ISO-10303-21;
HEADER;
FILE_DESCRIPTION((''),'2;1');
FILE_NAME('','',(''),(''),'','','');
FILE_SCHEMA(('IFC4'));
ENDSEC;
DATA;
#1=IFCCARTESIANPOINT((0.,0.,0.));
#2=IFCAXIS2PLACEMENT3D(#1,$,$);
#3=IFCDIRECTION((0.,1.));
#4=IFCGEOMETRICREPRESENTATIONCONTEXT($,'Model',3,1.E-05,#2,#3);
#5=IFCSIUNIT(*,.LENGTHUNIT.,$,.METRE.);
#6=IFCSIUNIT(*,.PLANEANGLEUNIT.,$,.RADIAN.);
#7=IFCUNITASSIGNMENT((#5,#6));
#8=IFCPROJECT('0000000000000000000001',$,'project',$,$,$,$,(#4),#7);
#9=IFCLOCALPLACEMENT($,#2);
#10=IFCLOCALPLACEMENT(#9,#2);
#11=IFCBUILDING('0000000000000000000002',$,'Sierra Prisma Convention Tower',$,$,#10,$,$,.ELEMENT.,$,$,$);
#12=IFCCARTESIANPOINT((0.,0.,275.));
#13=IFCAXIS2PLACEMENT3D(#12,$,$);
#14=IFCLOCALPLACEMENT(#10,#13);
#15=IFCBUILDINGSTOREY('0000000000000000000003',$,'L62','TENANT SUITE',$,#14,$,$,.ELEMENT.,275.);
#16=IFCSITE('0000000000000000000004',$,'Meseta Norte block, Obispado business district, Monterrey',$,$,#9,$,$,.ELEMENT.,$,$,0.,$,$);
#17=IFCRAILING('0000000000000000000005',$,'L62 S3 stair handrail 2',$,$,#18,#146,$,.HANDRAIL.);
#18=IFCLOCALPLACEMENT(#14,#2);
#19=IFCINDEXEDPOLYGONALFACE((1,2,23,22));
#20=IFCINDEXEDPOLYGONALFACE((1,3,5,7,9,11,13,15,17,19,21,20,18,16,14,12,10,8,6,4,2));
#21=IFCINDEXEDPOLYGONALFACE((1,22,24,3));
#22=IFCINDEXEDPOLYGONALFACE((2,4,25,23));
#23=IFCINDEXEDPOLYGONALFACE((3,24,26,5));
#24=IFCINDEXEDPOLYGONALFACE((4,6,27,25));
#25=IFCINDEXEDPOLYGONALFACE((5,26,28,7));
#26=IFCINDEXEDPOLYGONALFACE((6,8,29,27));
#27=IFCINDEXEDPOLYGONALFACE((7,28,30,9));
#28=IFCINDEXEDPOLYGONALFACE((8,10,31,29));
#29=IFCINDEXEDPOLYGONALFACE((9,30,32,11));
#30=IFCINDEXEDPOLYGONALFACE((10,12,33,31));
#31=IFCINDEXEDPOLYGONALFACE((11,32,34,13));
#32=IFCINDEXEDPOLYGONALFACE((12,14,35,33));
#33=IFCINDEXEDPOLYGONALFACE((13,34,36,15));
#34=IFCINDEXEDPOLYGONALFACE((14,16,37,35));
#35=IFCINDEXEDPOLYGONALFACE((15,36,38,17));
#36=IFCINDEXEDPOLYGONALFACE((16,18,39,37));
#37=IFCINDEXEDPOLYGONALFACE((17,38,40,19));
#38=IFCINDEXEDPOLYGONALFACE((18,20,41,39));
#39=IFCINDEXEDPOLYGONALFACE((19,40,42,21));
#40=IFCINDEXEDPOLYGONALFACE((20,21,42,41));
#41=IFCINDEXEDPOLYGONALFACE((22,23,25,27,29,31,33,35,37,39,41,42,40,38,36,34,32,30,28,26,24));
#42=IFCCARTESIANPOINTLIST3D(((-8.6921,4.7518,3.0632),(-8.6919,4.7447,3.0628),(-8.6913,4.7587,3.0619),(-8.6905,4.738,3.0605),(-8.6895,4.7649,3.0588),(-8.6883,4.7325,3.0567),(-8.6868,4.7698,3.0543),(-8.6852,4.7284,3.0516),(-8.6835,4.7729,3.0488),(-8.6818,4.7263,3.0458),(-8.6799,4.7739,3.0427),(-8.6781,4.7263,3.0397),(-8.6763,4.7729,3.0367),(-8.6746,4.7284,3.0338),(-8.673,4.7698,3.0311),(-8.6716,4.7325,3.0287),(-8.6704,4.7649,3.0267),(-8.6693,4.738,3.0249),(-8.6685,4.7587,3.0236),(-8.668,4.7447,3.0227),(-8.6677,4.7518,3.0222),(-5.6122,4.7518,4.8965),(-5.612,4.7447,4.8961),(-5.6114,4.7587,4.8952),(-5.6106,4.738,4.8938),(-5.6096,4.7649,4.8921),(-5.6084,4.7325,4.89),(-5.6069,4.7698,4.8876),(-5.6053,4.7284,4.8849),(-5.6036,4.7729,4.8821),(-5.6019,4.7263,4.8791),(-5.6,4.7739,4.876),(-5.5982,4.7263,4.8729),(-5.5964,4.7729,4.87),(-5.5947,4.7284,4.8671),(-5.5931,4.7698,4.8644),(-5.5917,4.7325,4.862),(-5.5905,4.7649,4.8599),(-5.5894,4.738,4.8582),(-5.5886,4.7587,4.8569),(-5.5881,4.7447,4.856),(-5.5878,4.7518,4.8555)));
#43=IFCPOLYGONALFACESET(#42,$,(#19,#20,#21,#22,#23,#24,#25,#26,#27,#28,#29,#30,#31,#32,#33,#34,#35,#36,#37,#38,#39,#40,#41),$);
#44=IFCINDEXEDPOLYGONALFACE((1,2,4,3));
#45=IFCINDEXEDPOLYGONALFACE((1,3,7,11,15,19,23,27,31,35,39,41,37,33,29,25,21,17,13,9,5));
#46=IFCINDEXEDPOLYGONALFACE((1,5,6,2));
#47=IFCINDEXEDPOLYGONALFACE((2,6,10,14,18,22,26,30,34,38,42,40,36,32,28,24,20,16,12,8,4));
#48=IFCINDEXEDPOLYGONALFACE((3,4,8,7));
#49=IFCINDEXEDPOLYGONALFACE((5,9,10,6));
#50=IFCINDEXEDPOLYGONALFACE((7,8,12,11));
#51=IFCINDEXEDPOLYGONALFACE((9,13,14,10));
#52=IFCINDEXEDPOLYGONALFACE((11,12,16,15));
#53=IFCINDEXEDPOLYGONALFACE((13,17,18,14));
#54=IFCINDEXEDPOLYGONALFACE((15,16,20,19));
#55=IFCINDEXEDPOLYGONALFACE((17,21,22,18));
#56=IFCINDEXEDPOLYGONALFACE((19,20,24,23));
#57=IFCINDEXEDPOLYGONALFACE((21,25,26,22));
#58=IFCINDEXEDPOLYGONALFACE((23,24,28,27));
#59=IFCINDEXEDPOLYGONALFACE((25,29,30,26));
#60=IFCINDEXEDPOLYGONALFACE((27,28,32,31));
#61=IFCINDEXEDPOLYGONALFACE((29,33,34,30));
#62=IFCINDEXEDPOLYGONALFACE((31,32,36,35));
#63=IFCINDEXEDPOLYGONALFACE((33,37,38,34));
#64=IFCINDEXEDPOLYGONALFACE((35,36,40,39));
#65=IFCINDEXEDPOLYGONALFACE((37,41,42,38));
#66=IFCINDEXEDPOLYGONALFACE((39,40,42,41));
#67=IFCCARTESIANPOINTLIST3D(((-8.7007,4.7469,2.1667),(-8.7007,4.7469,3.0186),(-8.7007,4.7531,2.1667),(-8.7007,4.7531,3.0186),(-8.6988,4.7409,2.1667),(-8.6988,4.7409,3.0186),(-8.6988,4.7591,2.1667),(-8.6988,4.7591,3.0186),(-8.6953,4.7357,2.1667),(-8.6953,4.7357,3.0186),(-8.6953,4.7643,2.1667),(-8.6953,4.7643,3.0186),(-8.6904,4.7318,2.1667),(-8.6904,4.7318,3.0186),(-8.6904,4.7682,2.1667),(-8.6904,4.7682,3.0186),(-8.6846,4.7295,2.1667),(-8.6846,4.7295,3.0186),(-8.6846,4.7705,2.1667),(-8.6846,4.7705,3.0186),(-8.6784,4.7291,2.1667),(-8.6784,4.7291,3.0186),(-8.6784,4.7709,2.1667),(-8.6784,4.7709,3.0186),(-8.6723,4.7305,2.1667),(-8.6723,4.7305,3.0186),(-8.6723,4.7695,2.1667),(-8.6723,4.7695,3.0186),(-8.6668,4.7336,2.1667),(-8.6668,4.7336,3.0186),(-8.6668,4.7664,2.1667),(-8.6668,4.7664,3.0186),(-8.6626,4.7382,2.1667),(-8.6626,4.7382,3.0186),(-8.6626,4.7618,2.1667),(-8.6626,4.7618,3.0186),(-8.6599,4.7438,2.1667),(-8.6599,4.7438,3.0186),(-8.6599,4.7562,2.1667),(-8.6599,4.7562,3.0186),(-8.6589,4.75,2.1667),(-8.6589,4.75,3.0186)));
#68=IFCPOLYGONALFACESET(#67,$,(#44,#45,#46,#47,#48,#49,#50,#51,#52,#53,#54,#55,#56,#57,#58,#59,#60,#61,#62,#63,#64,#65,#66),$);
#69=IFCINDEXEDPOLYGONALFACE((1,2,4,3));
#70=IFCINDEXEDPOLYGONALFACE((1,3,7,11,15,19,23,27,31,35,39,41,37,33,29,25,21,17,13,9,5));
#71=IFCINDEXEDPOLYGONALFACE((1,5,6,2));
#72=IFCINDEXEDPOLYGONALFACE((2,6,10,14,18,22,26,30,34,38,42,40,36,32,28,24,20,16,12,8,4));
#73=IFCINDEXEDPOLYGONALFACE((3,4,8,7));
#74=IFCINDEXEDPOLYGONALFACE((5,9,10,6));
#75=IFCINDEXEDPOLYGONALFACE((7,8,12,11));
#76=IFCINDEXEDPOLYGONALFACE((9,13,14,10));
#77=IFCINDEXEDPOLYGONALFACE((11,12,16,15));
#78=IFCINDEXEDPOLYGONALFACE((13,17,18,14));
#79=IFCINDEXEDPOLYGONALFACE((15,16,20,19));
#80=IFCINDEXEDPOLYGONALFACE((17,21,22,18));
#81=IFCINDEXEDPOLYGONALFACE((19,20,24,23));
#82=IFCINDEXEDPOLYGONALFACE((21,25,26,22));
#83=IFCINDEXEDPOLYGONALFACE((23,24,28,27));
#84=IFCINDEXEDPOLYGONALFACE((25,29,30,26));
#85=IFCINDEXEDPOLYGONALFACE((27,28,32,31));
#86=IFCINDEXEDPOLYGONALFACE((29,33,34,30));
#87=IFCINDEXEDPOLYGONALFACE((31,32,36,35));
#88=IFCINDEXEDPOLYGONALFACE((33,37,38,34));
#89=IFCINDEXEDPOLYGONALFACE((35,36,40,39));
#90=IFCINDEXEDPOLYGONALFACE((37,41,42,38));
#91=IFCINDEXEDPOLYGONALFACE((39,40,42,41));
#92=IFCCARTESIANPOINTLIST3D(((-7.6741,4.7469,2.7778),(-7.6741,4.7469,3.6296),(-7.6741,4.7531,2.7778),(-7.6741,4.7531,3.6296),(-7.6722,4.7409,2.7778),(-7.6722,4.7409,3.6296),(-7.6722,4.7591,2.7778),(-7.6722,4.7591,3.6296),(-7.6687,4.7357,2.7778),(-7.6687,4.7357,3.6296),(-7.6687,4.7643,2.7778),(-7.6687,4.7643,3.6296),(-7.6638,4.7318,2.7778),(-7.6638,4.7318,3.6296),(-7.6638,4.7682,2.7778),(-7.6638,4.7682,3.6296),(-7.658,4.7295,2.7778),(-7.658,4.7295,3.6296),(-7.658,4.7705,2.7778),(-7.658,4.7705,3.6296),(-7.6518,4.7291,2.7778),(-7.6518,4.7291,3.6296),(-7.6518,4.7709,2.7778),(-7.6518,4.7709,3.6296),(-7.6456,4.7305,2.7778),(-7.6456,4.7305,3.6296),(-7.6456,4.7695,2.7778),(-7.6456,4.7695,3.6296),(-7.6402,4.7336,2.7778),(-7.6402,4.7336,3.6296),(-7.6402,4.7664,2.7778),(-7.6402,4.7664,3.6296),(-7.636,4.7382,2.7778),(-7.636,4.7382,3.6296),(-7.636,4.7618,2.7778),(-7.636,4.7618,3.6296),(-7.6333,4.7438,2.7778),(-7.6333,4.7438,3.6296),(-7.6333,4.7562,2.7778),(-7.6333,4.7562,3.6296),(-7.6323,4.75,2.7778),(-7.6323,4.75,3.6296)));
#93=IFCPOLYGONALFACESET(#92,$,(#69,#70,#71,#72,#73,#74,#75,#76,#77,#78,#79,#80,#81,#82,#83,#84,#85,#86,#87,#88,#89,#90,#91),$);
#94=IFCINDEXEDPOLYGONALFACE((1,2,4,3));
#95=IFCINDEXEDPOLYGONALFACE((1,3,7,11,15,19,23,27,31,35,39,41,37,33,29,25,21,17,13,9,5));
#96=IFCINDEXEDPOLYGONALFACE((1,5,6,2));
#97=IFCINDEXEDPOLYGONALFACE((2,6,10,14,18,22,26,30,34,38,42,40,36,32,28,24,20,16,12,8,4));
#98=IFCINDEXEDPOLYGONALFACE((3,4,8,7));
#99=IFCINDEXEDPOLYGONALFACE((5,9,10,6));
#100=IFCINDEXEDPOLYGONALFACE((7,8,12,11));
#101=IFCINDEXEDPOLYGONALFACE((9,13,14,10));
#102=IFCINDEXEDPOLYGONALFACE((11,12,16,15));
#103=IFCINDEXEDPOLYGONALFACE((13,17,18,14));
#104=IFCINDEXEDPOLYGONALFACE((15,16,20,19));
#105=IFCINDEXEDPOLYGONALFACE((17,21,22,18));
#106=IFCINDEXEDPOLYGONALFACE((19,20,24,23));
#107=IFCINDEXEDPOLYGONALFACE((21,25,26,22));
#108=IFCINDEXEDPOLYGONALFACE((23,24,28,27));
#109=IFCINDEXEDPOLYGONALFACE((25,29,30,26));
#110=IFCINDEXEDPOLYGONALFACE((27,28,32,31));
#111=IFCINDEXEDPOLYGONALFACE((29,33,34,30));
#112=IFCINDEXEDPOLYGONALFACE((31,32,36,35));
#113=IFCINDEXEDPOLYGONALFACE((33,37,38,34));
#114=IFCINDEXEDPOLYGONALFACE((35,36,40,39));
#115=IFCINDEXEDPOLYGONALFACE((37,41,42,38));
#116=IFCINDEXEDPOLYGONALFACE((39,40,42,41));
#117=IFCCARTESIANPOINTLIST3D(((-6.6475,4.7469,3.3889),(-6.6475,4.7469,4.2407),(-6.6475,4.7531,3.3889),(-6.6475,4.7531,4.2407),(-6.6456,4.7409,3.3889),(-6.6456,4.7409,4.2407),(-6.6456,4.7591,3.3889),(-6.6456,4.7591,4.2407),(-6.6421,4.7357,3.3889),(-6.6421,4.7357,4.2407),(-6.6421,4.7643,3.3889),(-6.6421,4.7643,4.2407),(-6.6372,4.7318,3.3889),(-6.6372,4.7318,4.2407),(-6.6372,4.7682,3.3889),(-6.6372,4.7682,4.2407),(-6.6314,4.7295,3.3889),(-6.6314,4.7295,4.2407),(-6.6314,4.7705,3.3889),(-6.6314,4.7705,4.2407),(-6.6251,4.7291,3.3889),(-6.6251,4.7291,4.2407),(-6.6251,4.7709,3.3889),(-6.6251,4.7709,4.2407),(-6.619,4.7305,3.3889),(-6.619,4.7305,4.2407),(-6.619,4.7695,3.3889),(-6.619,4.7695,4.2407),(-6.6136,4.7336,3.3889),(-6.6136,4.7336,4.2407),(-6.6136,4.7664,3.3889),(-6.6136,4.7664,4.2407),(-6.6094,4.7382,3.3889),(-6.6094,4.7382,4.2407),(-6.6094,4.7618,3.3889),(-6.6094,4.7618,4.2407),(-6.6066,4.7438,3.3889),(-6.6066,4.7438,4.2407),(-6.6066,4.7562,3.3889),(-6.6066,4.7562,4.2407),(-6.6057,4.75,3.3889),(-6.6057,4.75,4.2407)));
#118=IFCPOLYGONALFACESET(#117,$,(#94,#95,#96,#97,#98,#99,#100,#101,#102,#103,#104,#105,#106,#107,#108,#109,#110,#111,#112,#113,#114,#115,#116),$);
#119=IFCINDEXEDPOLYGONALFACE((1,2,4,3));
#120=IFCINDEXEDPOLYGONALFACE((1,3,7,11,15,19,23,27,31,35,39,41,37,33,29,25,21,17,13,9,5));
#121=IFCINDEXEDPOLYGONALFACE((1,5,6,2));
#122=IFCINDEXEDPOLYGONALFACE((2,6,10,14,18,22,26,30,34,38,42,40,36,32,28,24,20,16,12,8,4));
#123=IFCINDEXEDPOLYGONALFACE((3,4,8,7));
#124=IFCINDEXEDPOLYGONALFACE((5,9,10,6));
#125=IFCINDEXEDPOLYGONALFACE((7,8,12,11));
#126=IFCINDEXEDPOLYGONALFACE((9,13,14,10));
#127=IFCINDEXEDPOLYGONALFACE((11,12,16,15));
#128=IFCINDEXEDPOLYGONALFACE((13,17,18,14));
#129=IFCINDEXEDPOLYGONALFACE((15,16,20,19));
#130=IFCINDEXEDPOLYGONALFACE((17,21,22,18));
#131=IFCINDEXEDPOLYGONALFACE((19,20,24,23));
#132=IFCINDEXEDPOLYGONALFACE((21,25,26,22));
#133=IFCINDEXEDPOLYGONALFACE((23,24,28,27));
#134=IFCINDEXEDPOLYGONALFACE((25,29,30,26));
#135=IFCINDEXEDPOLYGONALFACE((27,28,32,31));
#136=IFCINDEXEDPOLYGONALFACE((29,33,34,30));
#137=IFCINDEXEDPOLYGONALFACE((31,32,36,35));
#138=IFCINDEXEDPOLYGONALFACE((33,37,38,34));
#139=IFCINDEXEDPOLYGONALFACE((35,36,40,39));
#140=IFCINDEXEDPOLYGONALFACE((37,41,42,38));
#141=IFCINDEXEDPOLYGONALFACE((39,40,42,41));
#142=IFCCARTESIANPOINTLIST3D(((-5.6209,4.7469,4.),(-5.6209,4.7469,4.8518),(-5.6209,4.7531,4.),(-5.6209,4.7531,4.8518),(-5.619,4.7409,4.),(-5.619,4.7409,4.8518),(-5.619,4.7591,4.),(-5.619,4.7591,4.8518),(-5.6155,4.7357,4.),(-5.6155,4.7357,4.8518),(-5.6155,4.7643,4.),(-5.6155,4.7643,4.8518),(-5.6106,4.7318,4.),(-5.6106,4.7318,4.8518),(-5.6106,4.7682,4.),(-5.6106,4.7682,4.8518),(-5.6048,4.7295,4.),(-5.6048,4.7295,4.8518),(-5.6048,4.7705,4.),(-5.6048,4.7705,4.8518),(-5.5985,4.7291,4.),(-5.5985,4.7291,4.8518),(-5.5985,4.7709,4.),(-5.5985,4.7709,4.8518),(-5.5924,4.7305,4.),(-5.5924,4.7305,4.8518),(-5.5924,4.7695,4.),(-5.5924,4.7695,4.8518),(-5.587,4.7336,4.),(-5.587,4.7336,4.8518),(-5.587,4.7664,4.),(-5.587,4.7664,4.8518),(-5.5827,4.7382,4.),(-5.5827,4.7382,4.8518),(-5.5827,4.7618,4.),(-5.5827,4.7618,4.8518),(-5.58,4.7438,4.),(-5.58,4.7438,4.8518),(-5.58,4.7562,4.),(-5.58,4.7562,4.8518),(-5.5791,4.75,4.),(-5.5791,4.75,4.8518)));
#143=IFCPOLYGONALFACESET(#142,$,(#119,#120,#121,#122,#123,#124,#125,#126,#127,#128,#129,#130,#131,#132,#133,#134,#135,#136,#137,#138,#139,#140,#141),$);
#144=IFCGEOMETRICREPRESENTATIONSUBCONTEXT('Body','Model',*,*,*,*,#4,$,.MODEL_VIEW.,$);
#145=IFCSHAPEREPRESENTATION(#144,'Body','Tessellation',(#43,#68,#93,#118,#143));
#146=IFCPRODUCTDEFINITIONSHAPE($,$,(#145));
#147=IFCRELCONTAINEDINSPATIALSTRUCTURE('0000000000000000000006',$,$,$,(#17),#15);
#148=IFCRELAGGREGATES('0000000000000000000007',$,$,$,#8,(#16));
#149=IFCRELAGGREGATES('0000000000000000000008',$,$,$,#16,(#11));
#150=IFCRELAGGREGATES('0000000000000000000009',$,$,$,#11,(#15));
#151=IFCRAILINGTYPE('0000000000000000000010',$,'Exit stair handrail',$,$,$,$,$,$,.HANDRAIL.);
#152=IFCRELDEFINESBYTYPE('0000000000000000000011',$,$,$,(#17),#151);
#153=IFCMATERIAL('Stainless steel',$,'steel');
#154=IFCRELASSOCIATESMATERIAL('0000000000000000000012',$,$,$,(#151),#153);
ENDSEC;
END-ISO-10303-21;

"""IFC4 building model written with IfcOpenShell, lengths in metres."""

from ifc_helpers import new_model, si_unit, direction, frame, origin, origin_2d, place, context, subcontext, project, spatial, circle, extrude, material, type_object, element, save


model = new_model("IFC4")

# Units and contexts
model_context = context("Model", 3, precision=1e-05, world=origin(), true_north=direction((0.0, 1.0)))
body_context = subcontext(model_context, "Body", "Model", "MODEL_VIEW")
ifc_project = project(units=[si_unit("LENGTHUNIT", "METRE"), si_unit("PLANEANGLEUNIT", "RADIAN")], contexts=[model_context])

# Site, building, storey
site_placement = place(None, origin())
site = spatial("IfcSite", under=ifc_project, at=site_placement, Name="Meseta Norte block, Obispado business district, Monterrey", CompositionType="ELEMENT", RefElevation=0.0)
building_placement = place(site_placement, origin())
building = spatial("IfcBuilding", under=site, at=building_placement, Name="Sierra Prisma Convention Tower", CompositionType="ELEMENT")
storey_placement = place(building_placement, frame((0.0, 0.0, 275.0)))
storey = spatial("IfcBuildingStorey", under=building, at=storey_placement, Name="L62", Description="TENANT SUITE", CompositionType="ELEMENT", Elevation=275.0)

# Railing
ifc_material_1 = material(Name="Stainless steel", Category="steel")
railing_type_1 = type_object("IfcRailingType", Name="Exit stair handrail", PredefinedType="HANDRAIL", material=ifc_material_1)
railing_1_placement = place(storey_placement, frame((-8.6799, 4.75, 2.1667)))
element("IfcRailing", 1, at=railing_1_placement, inside=storey, type_object=railing_type_1, Name="L62 S3 stair handrail 2", PredefinedType="HANDRAIL", context=body_context, shape_type="SweptSolid", body=[
    extrude(circle(Radius=0.0239, at=origin_2d()), frame((0.0, 0.0, 0.876), z_axis=(0.859291, 0.0, 0.511487), x_axis=(0.0, 1.0, 0.0)), (0.0, 0.0, 1.0), 3.5842),
    extrude(circle(Radius=0.021, at=origin_2d()), origin(), (0.0, 0.0, 1.0), 0.8518),
    extrude(circle(Radius=0.021, at=origin_2d()), frame((1.0266, 0.0, 0.6111)), (0.0, 0.0, 1.0), 0.8518),
    extrude(circle(Radius=0.021, at=origin_2d()), frame((2.0532, 0.0, 1.2222)), (0.0, 0.0, 1.0), 0.8518),
    extrude(circle(Radius=0.021, at=origin_2d()), frame((3.0798, 0.0, 1.8333)), (0.0, 0.0, 1.0), 0.8518),
])

save(model, "model.ifc")
